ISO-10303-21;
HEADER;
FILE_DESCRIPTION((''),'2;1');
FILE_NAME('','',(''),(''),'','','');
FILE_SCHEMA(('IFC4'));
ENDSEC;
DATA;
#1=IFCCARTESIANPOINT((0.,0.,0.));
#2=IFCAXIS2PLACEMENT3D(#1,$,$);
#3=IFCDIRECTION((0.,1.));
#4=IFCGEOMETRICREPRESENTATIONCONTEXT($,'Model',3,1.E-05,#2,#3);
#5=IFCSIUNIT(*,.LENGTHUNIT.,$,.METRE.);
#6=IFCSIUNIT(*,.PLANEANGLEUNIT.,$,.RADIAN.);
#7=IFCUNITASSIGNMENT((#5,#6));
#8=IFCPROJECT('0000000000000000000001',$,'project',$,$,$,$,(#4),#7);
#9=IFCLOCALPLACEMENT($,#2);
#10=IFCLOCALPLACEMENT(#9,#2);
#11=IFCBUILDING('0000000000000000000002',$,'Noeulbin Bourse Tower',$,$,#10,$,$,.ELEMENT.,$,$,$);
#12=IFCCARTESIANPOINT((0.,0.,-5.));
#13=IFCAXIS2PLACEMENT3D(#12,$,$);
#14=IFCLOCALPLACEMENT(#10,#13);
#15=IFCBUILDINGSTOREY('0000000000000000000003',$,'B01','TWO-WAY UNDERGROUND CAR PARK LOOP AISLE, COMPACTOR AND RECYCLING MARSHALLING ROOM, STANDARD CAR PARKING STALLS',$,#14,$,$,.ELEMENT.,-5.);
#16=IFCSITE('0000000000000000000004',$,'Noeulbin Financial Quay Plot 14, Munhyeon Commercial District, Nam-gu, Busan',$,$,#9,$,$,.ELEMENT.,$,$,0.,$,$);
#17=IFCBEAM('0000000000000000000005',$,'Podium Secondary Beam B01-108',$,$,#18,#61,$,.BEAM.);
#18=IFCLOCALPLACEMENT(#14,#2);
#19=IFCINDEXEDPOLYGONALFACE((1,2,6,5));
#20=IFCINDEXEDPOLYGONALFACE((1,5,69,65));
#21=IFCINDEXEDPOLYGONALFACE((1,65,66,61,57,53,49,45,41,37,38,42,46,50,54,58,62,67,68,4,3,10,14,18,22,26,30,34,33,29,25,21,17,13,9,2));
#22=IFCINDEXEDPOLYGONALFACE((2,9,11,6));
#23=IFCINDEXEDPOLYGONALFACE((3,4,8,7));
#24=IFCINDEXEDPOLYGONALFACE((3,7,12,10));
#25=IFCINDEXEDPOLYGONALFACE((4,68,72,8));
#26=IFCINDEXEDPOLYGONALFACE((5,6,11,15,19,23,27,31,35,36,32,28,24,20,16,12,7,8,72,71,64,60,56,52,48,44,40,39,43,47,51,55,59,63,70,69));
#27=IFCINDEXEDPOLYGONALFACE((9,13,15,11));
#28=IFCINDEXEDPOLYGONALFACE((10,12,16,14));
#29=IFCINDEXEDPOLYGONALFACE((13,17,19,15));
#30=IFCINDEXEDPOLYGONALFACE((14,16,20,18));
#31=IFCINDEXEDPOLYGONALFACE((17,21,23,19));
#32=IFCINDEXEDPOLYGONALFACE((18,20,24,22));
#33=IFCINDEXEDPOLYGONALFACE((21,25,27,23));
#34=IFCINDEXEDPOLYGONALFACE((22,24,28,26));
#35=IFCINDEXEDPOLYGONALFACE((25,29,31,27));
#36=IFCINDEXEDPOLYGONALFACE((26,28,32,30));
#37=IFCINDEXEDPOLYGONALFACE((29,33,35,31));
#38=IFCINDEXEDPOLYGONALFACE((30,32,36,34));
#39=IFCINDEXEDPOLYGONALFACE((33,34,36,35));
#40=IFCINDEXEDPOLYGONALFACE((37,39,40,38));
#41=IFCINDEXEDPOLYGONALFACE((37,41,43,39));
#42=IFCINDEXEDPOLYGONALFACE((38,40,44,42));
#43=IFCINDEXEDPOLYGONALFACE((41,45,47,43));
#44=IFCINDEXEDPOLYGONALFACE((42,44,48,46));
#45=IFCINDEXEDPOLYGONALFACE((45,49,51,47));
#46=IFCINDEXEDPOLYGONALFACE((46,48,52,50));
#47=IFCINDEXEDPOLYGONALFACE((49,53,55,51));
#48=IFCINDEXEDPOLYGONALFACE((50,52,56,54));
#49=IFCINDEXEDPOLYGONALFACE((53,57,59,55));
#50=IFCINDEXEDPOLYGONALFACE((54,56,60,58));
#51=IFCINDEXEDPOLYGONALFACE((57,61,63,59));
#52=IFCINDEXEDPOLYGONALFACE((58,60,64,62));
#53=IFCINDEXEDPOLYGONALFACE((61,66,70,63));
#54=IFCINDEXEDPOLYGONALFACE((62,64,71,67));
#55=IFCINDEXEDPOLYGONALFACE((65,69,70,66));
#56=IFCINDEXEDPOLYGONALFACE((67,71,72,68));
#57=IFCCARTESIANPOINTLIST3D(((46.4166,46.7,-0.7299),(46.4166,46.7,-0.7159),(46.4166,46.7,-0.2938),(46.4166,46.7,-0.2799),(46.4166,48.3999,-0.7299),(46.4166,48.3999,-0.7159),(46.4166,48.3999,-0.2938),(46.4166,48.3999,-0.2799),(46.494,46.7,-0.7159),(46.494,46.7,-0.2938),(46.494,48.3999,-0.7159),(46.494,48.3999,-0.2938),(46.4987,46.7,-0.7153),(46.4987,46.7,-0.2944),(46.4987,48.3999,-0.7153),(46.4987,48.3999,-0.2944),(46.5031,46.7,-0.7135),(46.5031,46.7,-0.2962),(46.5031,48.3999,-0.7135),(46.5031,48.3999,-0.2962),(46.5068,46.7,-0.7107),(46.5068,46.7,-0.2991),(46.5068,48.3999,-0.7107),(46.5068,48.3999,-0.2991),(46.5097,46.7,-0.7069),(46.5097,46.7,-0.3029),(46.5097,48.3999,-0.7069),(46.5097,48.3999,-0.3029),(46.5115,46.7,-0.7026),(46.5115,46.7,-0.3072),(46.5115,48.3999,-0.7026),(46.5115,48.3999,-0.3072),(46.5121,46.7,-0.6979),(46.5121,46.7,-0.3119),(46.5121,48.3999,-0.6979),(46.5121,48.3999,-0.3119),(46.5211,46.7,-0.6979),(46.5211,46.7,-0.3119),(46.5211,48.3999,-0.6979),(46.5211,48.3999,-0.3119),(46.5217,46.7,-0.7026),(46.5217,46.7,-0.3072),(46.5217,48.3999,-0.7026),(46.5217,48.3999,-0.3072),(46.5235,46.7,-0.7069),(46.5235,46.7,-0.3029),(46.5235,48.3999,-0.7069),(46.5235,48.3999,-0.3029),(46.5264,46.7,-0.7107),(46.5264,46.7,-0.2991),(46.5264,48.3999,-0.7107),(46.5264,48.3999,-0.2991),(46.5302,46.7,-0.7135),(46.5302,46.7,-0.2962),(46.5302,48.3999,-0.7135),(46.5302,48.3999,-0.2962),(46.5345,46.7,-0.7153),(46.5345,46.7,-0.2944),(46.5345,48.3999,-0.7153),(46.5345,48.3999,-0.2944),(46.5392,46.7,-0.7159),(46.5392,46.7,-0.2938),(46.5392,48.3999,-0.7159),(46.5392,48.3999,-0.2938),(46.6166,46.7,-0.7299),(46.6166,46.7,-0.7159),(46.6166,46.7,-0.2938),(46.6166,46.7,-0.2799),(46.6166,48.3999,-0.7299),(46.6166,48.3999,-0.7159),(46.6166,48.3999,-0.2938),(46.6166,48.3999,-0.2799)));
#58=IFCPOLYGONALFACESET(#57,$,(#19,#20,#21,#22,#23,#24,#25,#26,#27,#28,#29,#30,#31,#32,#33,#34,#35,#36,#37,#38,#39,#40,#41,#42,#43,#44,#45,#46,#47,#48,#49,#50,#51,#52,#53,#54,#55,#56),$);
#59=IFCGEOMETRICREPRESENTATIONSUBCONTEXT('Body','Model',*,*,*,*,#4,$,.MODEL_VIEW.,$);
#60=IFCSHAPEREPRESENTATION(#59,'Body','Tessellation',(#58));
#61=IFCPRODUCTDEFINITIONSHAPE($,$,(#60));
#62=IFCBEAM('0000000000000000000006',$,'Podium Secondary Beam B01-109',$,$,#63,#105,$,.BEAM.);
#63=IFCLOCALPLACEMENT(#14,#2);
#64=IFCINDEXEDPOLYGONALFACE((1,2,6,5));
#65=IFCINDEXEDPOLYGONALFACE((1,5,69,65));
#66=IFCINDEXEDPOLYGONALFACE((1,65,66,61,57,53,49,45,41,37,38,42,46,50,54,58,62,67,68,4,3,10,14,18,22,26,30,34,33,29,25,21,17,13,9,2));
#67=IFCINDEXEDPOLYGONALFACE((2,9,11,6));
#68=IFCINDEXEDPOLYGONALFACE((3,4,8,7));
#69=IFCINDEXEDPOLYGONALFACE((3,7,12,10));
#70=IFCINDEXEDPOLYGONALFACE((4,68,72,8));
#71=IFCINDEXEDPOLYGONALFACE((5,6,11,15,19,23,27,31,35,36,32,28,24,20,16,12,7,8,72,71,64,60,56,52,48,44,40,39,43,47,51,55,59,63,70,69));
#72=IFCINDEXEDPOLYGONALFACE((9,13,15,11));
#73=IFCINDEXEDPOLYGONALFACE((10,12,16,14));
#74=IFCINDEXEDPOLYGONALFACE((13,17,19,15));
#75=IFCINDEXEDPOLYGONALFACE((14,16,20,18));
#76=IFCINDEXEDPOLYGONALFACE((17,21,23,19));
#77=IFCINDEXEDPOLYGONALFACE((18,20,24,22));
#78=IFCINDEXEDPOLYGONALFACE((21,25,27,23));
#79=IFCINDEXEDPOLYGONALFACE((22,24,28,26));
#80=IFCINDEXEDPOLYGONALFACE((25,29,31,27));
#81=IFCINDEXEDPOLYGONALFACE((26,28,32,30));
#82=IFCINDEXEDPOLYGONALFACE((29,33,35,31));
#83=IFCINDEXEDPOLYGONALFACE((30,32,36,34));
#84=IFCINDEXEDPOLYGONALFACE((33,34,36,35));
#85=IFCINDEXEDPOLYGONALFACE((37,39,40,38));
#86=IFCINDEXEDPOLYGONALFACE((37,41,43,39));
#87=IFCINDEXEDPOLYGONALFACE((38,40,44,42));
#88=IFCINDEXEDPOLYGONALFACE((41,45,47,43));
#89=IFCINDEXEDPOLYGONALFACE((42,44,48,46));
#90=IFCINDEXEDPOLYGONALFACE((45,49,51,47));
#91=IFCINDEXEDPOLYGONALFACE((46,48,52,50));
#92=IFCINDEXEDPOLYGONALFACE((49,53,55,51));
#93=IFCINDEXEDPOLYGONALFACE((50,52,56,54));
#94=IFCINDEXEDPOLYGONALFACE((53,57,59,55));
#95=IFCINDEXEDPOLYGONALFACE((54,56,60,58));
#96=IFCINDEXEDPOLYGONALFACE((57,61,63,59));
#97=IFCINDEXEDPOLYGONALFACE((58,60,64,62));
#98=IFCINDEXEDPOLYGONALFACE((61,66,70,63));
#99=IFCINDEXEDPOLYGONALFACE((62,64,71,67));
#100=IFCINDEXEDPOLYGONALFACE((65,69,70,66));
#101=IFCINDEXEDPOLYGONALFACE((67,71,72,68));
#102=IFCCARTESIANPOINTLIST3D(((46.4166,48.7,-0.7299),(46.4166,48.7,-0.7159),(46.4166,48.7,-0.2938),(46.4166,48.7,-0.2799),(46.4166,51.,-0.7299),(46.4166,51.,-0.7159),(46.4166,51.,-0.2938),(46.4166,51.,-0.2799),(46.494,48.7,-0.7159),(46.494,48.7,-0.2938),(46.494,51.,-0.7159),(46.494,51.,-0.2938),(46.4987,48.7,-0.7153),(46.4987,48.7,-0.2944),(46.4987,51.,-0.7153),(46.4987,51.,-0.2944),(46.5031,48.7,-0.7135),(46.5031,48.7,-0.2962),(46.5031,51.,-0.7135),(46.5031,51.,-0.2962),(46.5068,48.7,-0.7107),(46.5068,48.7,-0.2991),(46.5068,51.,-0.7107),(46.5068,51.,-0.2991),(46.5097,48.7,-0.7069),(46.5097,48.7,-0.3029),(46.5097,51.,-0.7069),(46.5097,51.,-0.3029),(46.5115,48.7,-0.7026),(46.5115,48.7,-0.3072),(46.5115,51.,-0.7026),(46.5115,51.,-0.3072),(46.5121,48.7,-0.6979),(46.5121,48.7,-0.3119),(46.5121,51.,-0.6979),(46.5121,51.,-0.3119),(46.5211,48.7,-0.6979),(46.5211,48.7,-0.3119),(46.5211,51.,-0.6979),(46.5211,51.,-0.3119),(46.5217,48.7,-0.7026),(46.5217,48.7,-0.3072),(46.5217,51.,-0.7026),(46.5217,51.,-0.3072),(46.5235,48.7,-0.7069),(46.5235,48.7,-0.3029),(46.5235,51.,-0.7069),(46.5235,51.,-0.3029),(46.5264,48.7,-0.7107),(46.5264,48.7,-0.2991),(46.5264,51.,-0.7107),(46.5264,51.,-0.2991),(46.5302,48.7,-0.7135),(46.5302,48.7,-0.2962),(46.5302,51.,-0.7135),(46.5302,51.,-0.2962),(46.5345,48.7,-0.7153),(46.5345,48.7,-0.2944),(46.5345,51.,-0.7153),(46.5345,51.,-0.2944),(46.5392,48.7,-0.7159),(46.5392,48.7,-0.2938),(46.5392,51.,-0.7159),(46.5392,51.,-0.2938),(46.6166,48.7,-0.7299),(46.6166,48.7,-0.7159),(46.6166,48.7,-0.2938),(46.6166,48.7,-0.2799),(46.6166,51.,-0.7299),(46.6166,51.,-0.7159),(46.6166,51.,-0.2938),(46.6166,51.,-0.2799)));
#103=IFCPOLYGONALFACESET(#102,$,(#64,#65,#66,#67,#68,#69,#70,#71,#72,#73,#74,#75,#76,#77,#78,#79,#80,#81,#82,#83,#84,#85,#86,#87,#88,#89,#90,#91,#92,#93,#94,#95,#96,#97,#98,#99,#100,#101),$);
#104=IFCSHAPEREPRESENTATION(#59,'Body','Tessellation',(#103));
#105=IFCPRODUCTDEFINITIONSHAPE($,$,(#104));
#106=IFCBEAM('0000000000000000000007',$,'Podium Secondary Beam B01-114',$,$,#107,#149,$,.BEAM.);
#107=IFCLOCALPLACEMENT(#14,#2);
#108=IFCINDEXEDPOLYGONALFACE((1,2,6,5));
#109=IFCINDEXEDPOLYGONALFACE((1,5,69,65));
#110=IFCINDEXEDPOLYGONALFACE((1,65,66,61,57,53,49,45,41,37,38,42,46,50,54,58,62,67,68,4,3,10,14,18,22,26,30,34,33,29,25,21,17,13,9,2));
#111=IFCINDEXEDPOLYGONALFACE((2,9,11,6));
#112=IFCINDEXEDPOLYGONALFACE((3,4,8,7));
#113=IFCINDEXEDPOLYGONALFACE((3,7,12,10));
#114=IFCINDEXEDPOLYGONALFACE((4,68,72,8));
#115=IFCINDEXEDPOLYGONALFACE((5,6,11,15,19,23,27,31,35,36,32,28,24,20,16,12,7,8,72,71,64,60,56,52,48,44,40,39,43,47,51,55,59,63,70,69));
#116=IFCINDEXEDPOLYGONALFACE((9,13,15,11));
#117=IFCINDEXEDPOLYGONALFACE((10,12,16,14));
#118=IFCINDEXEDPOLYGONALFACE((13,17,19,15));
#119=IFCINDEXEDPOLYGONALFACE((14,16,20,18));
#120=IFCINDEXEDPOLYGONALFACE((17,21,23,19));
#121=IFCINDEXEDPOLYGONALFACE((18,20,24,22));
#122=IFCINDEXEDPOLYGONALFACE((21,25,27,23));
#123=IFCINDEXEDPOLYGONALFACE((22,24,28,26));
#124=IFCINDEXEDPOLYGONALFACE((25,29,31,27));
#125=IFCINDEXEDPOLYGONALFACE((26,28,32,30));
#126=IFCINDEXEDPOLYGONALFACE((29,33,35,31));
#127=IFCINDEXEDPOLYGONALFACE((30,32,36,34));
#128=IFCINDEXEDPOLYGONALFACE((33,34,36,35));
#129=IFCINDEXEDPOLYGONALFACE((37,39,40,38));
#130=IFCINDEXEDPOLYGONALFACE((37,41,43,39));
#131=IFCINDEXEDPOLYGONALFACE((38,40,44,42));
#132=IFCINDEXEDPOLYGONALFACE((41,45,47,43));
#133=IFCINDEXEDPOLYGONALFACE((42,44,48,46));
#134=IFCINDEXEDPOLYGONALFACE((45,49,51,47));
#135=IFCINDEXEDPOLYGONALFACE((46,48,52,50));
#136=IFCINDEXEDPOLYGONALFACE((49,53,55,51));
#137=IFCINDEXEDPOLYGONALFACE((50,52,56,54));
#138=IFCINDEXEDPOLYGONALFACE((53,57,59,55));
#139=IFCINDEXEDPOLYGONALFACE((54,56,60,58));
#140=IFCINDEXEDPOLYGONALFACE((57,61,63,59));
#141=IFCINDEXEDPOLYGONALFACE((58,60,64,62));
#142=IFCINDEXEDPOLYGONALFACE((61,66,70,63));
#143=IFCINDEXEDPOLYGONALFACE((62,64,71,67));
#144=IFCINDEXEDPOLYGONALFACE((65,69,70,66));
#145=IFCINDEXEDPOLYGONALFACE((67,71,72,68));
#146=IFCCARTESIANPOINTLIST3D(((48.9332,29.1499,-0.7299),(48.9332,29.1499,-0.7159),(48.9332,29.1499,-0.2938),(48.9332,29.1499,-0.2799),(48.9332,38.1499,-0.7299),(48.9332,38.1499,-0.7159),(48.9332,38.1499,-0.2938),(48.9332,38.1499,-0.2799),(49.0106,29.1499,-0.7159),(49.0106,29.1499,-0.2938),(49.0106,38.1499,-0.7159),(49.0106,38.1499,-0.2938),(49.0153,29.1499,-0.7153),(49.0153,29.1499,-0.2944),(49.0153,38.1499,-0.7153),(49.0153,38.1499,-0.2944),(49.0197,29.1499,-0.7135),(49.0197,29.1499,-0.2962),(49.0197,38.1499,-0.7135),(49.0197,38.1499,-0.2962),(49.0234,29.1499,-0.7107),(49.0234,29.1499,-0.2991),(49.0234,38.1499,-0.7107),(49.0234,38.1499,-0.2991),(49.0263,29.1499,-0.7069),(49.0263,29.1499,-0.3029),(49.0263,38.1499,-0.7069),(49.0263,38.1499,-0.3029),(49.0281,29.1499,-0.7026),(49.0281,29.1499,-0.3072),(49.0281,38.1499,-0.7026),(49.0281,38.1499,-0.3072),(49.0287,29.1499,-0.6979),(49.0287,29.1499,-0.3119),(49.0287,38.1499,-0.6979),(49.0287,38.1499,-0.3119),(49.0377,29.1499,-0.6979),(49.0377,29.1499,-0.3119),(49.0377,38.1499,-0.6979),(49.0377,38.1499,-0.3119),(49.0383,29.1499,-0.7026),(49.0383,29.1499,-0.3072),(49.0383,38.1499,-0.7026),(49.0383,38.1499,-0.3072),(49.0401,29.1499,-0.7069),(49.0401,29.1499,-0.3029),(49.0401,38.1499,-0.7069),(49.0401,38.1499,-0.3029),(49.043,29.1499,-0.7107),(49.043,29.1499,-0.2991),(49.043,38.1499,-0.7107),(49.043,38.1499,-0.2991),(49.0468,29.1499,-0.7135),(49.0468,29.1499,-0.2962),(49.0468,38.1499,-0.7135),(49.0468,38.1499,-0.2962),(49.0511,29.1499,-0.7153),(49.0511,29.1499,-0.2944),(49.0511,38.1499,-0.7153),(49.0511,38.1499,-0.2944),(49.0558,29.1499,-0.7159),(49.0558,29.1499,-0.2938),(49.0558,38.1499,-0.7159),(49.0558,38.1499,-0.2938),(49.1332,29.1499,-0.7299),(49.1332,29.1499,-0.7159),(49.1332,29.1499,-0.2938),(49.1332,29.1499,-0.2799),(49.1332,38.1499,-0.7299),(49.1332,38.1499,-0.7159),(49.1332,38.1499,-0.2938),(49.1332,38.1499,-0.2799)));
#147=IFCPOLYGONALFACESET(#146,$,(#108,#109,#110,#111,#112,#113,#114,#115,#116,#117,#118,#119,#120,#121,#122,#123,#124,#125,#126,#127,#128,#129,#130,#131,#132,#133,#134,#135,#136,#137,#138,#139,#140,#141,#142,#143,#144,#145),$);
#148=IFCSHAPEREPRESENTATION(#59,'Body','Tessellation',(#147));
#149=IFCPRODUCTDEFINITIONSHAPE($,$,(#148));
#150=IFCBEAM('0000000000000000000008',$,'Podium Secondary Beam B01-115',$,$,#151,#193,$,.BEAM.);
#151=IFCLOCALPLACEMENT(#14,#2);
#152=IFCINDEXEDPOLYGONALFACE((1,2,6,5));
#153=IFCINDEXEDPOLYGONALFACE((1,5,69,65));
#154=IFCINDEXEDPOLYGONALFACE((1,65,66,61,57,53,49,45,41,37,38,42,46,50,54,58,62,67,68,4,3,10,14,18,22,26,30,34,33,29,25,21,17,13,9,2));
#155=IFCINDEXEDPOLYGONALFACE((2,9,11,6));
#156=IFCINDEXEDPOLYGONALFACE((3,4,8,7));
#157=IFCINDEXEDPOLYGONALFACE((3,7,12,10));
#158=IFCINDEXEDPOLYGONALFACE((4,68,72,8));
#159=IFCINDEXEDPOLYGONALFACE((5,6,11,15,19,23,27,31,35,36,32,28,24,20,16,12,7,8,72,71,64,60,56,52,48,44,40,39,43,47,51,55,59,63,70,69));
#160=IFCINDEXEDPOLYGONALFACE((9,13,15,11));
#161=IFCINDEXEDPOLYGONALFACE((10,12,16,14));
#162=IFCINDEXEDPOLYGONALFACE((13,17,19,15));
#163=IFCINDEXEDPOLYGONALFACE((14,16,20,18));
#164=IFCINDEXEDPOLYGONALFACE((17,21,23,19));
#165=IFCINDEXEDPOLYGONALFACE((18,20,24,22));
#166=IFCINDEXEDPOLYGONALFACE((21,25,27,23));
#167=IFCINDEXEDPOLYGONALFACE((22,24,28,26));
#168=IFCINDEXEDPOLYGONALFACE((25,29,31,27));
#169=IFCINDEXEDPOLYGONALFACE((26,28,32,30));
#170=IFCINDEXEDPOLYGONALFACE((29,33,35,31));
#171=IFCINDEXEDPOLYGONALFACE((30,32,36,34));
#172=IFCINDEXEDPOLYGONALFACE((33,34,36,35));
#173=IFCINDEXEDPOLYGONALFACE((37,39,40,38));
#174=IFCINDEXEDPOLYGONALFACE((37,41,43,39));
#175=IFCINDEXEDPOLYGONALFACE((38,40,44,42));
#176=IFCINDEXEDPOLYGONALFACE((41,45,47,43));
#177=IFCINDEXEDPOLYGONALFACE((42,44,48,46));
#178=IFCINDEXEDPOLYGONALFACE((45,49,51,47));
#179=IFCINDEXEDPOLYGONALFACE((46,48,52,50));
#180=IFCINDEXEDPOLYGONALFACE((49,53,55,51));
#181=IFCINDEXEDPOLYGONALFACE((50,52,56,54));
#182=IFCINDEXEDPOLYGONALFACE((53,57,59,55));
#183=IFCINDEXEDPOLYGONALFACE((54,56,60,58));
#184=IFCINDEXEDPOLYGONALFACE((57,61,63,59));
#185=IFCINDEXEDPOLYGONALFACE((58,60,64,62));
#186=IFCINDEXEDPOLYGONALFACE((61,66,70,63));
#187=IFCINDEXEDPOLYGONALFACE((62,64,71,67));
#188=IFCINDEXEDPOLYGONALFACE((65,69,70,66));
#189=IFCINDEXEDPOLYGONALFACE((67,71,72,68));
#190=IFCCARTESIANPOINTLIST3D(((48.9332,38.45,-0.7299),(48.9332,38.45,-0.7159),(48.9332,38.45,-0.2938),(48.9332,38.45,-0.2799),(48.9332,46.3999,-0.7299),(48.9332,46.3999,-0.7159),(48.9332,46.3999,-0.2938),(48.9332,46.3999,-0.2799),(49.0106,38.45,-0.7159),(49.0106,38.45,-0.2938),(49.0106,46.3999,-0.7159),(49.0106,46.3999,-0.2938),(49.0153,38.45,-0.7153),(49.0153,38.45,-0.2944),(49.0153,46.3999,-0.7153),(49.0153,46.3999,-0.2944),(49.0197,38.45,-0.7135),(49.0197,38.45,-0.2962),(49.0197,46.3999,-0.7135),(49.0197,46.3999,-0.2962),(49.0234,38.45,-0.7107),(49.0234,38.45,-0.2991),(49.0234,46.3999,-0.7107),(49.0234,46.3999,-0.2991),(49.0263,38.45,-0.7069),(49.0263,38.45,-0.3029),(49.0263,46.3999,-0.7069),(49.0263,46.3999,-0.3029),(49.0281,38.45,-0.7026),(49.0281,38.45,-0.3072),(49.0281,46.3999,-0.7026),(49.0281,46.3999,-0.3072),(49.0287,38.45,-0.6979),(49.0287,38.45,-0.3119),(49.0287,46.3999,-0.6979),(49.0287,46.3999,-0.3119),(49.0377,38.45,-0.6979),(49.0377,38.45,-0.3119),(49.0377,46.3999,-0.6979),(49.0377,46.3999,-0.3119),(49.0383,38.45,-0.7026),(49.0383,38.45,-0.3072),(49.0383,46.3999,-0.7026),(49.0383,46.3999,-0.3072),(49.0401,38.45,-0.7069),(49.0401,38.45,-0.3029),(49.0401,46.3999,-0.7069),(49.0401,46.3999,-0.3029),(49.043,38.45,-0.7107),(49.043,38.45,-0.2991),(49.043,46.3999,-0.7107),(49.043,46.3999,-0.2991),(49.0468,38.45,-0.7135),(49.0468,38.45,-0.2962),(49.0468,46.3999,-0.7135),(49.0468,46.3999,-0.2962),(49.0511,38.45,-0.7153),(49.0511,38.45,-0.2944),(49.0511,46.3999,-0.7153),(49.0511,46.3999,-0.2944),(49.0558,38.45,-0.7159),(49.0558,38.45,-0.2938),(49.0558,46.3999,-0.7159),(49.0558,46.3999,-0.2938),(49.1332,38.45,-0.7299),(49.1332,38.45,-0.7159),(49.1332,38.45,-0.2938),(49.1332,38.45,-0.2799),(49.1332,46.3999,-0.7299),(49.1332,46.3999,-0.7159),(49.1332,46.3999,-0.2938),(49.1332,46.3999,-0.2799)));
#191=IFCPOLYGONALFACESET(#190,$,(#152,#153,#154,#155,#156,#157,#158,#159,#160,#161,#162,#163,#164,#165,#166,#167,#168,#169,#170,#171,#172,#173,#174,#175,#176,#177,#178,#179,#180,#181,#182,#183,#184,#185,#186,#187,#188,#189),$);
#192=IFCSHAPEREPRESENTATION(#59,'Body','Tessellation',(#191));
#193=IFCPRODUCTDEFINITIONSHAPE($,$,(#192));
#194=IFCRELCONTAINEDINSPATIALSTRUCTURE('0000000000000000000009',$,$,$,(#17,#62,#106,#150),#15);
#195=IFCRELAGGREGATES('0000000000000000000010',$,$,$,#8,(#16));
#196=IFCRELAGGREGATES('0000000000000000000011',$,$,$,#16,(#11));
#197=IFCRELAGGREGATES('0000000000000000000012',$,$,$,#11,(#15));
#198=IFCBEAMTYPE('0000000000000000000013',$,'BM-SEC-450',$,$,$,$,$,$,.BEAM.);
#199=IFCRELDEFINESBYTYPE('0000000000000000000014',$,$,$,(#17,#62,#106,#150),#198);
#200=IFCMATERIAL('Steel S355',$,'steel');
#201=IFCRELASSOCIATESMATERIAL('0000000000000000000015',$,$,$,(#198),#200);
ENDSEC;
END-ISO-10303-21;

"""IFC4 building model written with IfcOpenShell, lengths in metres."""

from ifc_helpers import new_model, si_unit, direction, frame, origin, origin_2d, place, context, subcontext, project, spatial, i_section, extrude, material, material_profile, profile_set, type_object, element, save


model = new_model("IFC4")

# Units and contexts
model_context = context("Model", 3, precision=1e-05, world=origin(), true_north=direction((0.0, 1.0)))
body_context = subcontext(model_context, "Body", "Model", "MODEL_VIEW")
ifc_project = project(units=[si_unit("LENGTHUNIT", "METRE"), si_unit("PLANEANGLEUNIT", "RADIAN")], contexts=[model_context])

# Site, building, storey
site_placement = place(None, origin())
site = spatial("IfcSite", under=ifc_project, at=site_placement, Name="Noeulbin Financial Quay Plot 14, Munhyeon Commercial District, Nam-gu, Busan", CompositionType="ELEMENT", RefElevation=0.0)
building_placement = place(site_placement, origin())
building = spatial("IfcBuilding", under=site, at=building_placement, Name="Noeulbin Bourse Tower", CompositionType="ELEMENT")
storey_placement = place(building_placement, frame((0.0, 0.0, -5.0)))
storey = spatial("IfcBuildingStorey", under=building, at=storey_placement, Name="B01", Description="TWO-WAY UNDERGROUND CAR PARK LOOP AISLE, COMPACTOR AND RECYCLING MARSHALLING ROOM, STANDARD CAR PARKING STALLS", CompositionType="ELEMENT", Elevation=-5.0)

# Beams
ifc_material_1 = material(Name="Steel S355", Category="steel")
ifc_material_profile_1 = material_profile(ifc_material_1, i_section(OverallWidth=0.2, OverallDepth=0.45, WebThickness=0.009, FlangeThickness=0.0139, FilletRadius=0.0181, at=origin_2d()), Name="H-450x200x9x14", Category="LoadBearing")
ifc_profile_set_1 = profile_set([ifc_material_profile_1], Name="Steel S355")
beam_type_1 = type_object("IfcBeamType", Name="BM-SEC-450", PredefinedType="BEAM", material=ifc_profile_set_1)
beam_1_placement = place(storey_placement, frame((46.5166, 46.7, -0.5049), z_axis=(0.0, 1.0, 0.0), x_axis=(-1.0, 0.0, 0.0)))
element("IfcBeam", 1, at=beam_1_placement, inside=storey, type_object=beam_type_1, Name="Podium Secondary Beam B01-108", PredefinedType="BEAM", context=body_context, shape_type="SweptSolid", body=[
    extrude(i_section(OverallWidth=0.2, OverallDepth=0.45, WebThickness=0.009, FlangeThickness=0.0139, FilletRadius=0.0181, at=origin_2d()), origin(), (0.0, 0.0, 1.0), 1.7),
])
beam_2_placement = place(storey_placement, frame((46.5166, 48.7, -0.5049), z_axis=(0.0, 1.0, 0.0), x_axis=(-1.0, 0.0, 0.0)))
element("IfcBeam", 2, at=beam_2_placement, inside=storey, type_object=beam_type_1, Name="Podium Secondary Beam B01-109", PredefinedType="BEAM", context=body_context, shape_type="SweptSolid", body=[
    extrude(i_section(OverallWidth=0.2, OverallDepth=0.45, WebThickness=0.009, FlangeThickness=0.0139, FilletRadius=0.0181, at=origin_2d()), origin(), (0.0, 0.0, 1.0), 2.3),
])
beam_3_placement = place(storey_placement, frame((49.0332, 29.1499, -0.5049), z_axis=(0.0, 1.0, 0.0), x_axis=(-1.0, 0.0, 0.0)))
element("IfcBeam", 3, at=beam_3_placement, inside=storey, type_object=beam_type_1, Name="Podium Secondary Beam B01-114", PredefinedType="BEAM", context=body_context, shape_type="SweptSolid", body=[
    extrude(i_section(OverallWidth=0.2, OverallDepth=0.45, WebThickness=0.009, FlangeThickness=0.0139, FilletRadius=0.0181, at=origin_2d()), origin(), (0.0, 0.0, 1.0), 9.0),
])
beam_4_placement = place(storey_placement, frame((49.0332, 38.45, -0.5049), z_axis=(0.0, 1.0, 0.0), x_axis=(-1.0, 0.0, 0.0)))
element("IfcBeam", 4, at=beam_4_placement, inside=storey, type_object=beam_type_1, Name="Podium Secondary Beam B01-115", PredefinedType="BEAM", context=body_context, shape_type="SweptSolid", body=[
    extrude(i_section(OverallWidth=0.2, OverallDepth=0.45, WebThickness=0.009, FlangeThickness=0.0139, FilletRadius=0.0181, at=origin_2d()), origin(), (0.0, 0.0, 1.0), 7.95),
])

save(model, "model.ifc")
